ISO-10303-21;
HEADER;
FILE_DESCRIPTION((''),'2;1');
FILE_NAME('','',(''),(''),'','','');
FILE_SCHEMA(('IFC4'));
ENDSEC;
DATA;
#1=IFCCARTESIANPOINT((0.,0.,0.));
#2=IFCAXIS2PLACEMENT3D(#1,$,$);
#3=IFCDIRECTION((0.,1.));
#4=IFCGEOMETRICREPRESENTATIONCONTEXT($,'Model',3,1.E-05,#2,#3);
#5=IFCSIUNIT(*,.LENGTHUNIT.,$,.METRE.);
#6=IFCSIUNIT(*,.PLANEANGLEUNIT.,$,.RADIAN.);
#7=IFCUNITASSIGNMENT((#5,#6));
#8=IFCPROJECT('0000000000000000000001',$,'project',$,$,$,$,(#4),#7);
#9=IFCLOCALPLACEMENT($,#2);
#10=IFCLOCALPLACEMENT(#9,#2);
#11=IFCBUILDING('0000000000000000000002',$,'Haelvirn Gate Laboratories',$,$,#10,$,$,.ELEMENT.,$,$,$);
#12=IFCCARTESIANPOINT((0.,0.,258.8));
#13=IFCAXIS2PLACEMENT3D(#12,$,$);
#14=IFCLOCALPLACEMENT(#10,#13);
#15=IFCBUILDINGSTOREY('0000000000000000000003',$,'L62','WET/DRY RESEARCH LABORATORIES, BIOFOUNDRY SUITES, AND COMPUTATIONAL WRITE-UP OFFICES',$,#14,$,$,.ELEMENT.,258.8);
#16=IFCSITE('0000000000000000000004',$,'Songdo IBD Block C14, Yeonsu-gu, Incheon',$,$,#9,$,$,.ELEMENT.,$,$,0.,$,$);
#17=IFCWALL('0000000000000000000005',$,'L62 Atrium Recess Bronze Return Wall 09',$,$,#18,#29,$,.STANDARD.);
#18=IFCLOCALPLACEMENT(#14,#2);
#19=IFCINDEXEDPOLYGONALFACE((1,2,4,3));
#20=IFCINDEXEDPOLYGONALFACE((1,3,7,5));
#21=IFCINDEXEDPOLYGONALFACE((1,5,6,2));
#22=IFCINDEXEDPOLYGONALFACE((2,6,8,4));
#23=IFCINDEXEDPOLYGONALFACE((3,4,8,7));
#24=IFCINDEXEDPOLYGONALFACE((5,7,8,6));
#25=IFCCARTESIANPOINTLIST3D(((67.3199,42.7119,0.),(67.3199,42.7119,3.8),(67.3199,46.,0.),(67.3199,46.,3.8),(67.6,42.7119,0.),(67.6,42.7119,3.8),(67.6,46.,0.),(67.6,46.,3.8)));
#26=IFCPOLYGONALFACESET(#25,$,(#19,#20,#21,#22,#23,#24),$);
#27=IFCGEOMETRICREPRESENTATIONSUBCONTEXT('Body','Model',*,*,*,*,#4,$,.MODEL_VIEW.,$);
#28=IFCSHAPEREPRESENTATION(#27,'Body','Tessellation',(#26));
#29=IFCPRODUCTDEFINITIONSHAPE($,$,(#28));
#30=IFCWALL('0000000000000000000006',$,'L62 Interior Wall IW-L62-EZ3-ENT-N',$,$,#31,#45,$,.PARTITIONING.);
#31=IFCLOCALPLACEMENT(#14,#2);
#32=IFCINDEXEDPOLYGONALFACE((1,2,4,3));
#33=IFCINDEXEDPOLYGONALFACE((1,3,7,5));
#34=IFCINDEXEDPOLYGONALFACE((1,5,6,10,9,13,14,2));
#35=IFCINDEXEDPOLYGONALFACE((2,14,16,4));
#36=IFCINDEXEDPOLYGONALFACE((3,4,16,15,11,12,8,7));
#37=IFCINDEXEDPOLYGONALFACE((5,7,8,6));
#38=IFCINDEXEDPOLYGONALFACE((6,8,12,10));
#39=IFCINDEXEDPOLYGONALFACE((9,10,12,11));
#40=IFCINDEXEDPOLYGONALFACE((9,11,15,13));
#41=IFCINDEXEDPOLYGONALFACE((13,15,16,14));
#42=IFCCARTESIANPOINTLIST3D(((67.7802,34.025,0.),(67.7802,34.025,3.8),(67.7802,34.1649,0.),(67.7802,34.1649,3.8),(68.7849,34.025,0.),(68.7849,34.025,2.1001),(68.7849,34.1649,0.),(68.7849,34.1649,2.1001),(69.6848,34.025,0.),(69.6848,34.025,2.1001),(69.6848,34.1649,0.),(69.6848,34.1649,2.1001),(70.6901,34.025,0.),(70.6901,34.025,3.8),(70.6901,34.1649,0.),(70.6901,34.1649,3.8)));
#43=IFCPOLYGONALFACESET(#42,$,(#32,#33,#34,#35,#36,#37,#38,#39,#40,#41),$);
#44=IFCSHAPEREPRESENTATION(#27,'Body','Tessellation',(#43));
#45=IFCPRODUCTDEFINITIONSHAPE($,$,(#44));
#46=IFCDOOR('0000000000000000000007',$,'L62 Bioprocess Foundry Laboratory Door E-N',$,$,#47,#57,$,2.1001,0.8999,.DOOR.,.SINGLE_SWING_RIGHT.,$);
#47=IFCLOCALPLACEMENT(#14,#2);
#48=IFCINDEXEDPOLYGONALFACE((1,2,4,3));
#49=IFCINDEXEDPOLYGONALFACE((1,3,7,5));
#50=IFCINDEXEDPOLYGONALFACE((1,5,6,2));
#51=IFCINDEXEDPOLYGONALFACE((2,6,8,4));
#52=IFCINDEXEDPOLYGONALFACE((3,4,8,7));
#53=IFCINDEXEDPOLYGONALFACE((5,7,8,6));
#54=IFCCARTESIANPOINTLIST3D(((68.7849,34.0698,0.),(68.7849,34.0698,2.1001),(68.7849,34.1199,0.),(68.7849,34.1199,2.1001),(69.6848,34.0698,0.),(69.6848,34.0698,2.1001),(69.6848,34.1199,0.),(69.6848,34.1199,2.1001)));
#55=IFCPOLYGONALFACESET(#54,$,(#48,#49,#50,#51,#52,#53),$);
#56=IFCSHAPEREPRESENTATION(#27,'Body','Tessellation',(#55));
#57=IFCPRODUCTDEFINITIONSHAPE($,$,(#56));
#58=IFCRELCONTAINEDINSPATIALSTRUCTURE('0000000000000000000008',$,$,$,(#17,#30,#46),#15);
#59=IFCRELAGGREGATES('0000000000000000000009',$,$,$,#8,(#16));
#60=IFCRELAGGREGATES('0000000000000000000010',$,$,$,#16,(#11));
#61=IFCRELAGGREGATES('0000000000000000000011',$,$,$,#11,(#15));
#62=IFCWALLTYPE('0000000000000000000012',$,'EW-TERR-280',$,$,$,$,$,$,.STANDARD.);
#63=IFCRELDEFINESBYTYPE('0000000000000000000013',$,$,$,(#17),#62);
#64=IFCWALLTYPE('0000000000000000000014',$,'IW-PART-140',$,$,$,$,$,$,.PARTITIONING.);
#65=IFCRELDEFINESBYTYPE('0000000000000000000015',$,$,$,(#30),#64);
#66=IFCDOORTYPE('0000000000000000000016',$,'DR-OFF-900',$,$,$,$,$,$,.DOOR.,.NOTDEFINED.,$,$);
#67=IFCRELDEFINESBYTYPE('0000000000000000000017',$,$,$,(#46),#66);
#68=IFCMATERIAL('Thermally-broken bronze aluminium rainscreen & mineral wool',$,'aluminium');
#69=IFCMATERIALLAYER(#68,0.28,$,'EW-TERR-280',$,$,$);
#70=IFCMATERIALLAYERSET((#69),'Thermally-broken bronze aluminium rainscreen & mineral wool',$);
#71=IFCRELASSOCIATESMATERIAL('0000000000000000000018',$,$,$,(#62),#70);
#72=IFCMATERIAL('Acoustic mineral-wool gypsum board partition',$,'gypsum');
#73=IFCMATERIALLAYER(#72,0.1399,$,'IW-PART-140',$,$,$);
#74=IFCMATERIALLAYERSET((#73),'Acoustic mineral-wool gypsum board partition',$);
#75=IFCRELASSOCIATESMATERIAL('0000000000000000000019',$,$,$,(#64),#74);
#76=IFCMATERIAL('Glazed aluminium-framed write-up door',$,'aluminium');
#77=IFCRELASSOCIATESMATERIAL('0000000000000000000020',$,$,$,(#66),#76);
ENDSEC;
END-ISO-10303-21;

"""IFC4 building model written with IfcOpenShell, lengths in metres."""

from ifc_helpers import new_model, si_unit, direction, frame, frame_2d, origin, place, context, subcontext, project, spatial, rectangle, extrude, source, transform, mapped, material, layer, layer_set, type_object, type_shapes, element, fill, save


model = new_model("IFC4")

# Units and contexts
model_context = context("Model", 3, precision=1e-05, world=origin(), true_north=direction((0.0, 1.0)))
body_context = subcontext(model_context, "Body", "Model", "MODEL_VIEW")
ifc_project = project(units=[si_unit("LENGTHUNIT", "METRE"), si_unit("PLANEANGLEUNIT", "RADIAN")], contexts=[model_context])

# Site, building, storey
site_placement = place(None, origin())
site = spatial("IfcSite", under=ifc_project, at=site_placement, Name="Songdo IBD Block C14, Yeonsu-gu, Incheon", CompositionType="ELEMENT", RefElevation=0.0)
building_placement = place(site_placement, origin())
building = spatial("IfcBuilding", under=site, at=building_placement, Name="Haelvirn Gate Laboratories", CompositionType="ELEMENT")
storey_placement = place(building_placement, frame((0.0, 0.0, 258.8)))
storey = spatial("IfcBuildingStorey", under=building, at=storey_placement, Name="L62", Description="WET/DRY RESEARCH LABORATORIES, BIOFOUNDRY SUITES, AND COMPUTATIONAL WRITE-UP OFFICES", CompositionType="ELEMENT", Elevation=258.8)

# Wall
ifc_material_1 = material(Name="Thermally-broken bronze aluminium rainscreen & mineral wool", Category="aluminium")
ifc_layer_1 = layer(ifc_material_1, 0.28, Name="EW-TERR-280")
ifc_layer_set_1 = layer_set([ifc_layer_1], Name="Thermally-broken bronze aluminium rainscreen & mineral wool")
wall_type_1 = type_object("IfcWallType", Name="EW-TERR-280", PredefinedType="STANDARD", material=ifc_layer_set_1)
wall_1_placement = place(storey_placement, frame((67.46, 42.7119, 0.0), z_axis=(0.0, 0.0, 1.0), x_axis=(0.0, 1.0, 0.0)))
element("IfcWall", 1, at=wall_1_placement, inside=storey, type_object=wall_type_1, Name="L62 Atrium Recess Bronze Return Wall 09", PredefinedType="STANDARD", context=body_context, shape_type="SweptSolid", body=[
    extrude(rectangle(XDim=3.2881, YDim=0.28, at=frame_2d((1.644, 0.0))), origin(), (0.0, 0.0, 1.0), 3.8),
])

# Wall, opening, door
ifc_material_2 = material(Name="Acoustic mineral-wool gypsum board partition", Category="gypsum")
ifc_layer_2 = layer(ifc_material_2, 0.1399, Name="IW-PART-140")
ifc_layer_set_2 = layer_set([ifc_layer_2], Name="Acoustic mineral-wool gypsum board partition")
wall_type_2 = type_object("IfcWallType", Name="IW-PART-140", PredefinedType="PARTITIONING", material=ifc_layer_set_2)
wall_2_placement = place(storey_placement, frame((67.78, 34.095, 0.0), z_axis=(0.0, 0.0, 1.0), x_axis=(1.0, 0.0, 0.0)))
wall_2 = element("IfcWall", 2, at=wall_2_placement, inside=storey, type_object=wall_type_2, Name="L62 Interior Wall IW-L62-EZ3-ENT-N", PredefinedType="PARTITIONING", context=body_context, shape_type="SweptSolid", body=[
    extrude(rectangle(XDim=2.9099, YDim=0.1399, at=frame_2d((1.4551, 0.0))), origin(), (0.0, 0.0, 1.0), 3.8),
])
opening_placement = place(wall_2_placement, frame((1.0049, 0.0, 0.0)))
opening = element("IfcOpeningElement", 3, at=opening_placement, cuts=wall_2, PredefinedType="OPENING", context=body_context, shape_type="SweptSolid", body=[
    extrude(rectangle(XDim=0.8999, YDim=2.1001, at=frame_2d((0.45, 1.05))), frame((0.0, 0.0801, 0.0), z_axis=(0.0, -1.0, 0.0), x_axis=(1.0, 0.0, 0.0)), (0.0, 0.0, 1.0), 0.1599),
])
ifc_material_3 = material(Name="Glazed aluminium-framed write-up door", Category="aluminium")
door_type = type_object("IfcDoorType", Name="DR-OFF-900", OperationType="NOTDEFINED", PredefinedType="DOOR", material=ifc_material_3)
shared_shape_1 = source(origin(), body_context, "Body", "SweptSolid", [
    extrude(rectangle(XDim=0.8999, YDim=2.1001, at=frame_2d((0.45, 1.05))), frame((0.0, 0.0249, 0.0), z_axis=(0.0, -1.0, 0.0), x_axis=(1.0, 0.0, 0.0)), (0.0, 0.0, 1.0), 0.05),
])
type_shapes(door_type, [shared_shape_1])
door_placement = place(opening_placement, origin())
door = element("IfcDoor", 4, at=door_placement, inside=storey, type_object=door_type, Name="L62 Bioprocess Foundry Laboratory Door E-N", OperationType="SINGLE_SWING_RIGHT", OverallHeight=2.1001, OverallWidth=0.8999, PredefinedType="DOOR", context=body_context, shape_type="MappedRepresentation", body=[
    mapped(shared_shape_1, transform((0.0, 0.0, 0.0), scale=1.0)),
])
fill(opening, door)

save(model, "model.ifc")
